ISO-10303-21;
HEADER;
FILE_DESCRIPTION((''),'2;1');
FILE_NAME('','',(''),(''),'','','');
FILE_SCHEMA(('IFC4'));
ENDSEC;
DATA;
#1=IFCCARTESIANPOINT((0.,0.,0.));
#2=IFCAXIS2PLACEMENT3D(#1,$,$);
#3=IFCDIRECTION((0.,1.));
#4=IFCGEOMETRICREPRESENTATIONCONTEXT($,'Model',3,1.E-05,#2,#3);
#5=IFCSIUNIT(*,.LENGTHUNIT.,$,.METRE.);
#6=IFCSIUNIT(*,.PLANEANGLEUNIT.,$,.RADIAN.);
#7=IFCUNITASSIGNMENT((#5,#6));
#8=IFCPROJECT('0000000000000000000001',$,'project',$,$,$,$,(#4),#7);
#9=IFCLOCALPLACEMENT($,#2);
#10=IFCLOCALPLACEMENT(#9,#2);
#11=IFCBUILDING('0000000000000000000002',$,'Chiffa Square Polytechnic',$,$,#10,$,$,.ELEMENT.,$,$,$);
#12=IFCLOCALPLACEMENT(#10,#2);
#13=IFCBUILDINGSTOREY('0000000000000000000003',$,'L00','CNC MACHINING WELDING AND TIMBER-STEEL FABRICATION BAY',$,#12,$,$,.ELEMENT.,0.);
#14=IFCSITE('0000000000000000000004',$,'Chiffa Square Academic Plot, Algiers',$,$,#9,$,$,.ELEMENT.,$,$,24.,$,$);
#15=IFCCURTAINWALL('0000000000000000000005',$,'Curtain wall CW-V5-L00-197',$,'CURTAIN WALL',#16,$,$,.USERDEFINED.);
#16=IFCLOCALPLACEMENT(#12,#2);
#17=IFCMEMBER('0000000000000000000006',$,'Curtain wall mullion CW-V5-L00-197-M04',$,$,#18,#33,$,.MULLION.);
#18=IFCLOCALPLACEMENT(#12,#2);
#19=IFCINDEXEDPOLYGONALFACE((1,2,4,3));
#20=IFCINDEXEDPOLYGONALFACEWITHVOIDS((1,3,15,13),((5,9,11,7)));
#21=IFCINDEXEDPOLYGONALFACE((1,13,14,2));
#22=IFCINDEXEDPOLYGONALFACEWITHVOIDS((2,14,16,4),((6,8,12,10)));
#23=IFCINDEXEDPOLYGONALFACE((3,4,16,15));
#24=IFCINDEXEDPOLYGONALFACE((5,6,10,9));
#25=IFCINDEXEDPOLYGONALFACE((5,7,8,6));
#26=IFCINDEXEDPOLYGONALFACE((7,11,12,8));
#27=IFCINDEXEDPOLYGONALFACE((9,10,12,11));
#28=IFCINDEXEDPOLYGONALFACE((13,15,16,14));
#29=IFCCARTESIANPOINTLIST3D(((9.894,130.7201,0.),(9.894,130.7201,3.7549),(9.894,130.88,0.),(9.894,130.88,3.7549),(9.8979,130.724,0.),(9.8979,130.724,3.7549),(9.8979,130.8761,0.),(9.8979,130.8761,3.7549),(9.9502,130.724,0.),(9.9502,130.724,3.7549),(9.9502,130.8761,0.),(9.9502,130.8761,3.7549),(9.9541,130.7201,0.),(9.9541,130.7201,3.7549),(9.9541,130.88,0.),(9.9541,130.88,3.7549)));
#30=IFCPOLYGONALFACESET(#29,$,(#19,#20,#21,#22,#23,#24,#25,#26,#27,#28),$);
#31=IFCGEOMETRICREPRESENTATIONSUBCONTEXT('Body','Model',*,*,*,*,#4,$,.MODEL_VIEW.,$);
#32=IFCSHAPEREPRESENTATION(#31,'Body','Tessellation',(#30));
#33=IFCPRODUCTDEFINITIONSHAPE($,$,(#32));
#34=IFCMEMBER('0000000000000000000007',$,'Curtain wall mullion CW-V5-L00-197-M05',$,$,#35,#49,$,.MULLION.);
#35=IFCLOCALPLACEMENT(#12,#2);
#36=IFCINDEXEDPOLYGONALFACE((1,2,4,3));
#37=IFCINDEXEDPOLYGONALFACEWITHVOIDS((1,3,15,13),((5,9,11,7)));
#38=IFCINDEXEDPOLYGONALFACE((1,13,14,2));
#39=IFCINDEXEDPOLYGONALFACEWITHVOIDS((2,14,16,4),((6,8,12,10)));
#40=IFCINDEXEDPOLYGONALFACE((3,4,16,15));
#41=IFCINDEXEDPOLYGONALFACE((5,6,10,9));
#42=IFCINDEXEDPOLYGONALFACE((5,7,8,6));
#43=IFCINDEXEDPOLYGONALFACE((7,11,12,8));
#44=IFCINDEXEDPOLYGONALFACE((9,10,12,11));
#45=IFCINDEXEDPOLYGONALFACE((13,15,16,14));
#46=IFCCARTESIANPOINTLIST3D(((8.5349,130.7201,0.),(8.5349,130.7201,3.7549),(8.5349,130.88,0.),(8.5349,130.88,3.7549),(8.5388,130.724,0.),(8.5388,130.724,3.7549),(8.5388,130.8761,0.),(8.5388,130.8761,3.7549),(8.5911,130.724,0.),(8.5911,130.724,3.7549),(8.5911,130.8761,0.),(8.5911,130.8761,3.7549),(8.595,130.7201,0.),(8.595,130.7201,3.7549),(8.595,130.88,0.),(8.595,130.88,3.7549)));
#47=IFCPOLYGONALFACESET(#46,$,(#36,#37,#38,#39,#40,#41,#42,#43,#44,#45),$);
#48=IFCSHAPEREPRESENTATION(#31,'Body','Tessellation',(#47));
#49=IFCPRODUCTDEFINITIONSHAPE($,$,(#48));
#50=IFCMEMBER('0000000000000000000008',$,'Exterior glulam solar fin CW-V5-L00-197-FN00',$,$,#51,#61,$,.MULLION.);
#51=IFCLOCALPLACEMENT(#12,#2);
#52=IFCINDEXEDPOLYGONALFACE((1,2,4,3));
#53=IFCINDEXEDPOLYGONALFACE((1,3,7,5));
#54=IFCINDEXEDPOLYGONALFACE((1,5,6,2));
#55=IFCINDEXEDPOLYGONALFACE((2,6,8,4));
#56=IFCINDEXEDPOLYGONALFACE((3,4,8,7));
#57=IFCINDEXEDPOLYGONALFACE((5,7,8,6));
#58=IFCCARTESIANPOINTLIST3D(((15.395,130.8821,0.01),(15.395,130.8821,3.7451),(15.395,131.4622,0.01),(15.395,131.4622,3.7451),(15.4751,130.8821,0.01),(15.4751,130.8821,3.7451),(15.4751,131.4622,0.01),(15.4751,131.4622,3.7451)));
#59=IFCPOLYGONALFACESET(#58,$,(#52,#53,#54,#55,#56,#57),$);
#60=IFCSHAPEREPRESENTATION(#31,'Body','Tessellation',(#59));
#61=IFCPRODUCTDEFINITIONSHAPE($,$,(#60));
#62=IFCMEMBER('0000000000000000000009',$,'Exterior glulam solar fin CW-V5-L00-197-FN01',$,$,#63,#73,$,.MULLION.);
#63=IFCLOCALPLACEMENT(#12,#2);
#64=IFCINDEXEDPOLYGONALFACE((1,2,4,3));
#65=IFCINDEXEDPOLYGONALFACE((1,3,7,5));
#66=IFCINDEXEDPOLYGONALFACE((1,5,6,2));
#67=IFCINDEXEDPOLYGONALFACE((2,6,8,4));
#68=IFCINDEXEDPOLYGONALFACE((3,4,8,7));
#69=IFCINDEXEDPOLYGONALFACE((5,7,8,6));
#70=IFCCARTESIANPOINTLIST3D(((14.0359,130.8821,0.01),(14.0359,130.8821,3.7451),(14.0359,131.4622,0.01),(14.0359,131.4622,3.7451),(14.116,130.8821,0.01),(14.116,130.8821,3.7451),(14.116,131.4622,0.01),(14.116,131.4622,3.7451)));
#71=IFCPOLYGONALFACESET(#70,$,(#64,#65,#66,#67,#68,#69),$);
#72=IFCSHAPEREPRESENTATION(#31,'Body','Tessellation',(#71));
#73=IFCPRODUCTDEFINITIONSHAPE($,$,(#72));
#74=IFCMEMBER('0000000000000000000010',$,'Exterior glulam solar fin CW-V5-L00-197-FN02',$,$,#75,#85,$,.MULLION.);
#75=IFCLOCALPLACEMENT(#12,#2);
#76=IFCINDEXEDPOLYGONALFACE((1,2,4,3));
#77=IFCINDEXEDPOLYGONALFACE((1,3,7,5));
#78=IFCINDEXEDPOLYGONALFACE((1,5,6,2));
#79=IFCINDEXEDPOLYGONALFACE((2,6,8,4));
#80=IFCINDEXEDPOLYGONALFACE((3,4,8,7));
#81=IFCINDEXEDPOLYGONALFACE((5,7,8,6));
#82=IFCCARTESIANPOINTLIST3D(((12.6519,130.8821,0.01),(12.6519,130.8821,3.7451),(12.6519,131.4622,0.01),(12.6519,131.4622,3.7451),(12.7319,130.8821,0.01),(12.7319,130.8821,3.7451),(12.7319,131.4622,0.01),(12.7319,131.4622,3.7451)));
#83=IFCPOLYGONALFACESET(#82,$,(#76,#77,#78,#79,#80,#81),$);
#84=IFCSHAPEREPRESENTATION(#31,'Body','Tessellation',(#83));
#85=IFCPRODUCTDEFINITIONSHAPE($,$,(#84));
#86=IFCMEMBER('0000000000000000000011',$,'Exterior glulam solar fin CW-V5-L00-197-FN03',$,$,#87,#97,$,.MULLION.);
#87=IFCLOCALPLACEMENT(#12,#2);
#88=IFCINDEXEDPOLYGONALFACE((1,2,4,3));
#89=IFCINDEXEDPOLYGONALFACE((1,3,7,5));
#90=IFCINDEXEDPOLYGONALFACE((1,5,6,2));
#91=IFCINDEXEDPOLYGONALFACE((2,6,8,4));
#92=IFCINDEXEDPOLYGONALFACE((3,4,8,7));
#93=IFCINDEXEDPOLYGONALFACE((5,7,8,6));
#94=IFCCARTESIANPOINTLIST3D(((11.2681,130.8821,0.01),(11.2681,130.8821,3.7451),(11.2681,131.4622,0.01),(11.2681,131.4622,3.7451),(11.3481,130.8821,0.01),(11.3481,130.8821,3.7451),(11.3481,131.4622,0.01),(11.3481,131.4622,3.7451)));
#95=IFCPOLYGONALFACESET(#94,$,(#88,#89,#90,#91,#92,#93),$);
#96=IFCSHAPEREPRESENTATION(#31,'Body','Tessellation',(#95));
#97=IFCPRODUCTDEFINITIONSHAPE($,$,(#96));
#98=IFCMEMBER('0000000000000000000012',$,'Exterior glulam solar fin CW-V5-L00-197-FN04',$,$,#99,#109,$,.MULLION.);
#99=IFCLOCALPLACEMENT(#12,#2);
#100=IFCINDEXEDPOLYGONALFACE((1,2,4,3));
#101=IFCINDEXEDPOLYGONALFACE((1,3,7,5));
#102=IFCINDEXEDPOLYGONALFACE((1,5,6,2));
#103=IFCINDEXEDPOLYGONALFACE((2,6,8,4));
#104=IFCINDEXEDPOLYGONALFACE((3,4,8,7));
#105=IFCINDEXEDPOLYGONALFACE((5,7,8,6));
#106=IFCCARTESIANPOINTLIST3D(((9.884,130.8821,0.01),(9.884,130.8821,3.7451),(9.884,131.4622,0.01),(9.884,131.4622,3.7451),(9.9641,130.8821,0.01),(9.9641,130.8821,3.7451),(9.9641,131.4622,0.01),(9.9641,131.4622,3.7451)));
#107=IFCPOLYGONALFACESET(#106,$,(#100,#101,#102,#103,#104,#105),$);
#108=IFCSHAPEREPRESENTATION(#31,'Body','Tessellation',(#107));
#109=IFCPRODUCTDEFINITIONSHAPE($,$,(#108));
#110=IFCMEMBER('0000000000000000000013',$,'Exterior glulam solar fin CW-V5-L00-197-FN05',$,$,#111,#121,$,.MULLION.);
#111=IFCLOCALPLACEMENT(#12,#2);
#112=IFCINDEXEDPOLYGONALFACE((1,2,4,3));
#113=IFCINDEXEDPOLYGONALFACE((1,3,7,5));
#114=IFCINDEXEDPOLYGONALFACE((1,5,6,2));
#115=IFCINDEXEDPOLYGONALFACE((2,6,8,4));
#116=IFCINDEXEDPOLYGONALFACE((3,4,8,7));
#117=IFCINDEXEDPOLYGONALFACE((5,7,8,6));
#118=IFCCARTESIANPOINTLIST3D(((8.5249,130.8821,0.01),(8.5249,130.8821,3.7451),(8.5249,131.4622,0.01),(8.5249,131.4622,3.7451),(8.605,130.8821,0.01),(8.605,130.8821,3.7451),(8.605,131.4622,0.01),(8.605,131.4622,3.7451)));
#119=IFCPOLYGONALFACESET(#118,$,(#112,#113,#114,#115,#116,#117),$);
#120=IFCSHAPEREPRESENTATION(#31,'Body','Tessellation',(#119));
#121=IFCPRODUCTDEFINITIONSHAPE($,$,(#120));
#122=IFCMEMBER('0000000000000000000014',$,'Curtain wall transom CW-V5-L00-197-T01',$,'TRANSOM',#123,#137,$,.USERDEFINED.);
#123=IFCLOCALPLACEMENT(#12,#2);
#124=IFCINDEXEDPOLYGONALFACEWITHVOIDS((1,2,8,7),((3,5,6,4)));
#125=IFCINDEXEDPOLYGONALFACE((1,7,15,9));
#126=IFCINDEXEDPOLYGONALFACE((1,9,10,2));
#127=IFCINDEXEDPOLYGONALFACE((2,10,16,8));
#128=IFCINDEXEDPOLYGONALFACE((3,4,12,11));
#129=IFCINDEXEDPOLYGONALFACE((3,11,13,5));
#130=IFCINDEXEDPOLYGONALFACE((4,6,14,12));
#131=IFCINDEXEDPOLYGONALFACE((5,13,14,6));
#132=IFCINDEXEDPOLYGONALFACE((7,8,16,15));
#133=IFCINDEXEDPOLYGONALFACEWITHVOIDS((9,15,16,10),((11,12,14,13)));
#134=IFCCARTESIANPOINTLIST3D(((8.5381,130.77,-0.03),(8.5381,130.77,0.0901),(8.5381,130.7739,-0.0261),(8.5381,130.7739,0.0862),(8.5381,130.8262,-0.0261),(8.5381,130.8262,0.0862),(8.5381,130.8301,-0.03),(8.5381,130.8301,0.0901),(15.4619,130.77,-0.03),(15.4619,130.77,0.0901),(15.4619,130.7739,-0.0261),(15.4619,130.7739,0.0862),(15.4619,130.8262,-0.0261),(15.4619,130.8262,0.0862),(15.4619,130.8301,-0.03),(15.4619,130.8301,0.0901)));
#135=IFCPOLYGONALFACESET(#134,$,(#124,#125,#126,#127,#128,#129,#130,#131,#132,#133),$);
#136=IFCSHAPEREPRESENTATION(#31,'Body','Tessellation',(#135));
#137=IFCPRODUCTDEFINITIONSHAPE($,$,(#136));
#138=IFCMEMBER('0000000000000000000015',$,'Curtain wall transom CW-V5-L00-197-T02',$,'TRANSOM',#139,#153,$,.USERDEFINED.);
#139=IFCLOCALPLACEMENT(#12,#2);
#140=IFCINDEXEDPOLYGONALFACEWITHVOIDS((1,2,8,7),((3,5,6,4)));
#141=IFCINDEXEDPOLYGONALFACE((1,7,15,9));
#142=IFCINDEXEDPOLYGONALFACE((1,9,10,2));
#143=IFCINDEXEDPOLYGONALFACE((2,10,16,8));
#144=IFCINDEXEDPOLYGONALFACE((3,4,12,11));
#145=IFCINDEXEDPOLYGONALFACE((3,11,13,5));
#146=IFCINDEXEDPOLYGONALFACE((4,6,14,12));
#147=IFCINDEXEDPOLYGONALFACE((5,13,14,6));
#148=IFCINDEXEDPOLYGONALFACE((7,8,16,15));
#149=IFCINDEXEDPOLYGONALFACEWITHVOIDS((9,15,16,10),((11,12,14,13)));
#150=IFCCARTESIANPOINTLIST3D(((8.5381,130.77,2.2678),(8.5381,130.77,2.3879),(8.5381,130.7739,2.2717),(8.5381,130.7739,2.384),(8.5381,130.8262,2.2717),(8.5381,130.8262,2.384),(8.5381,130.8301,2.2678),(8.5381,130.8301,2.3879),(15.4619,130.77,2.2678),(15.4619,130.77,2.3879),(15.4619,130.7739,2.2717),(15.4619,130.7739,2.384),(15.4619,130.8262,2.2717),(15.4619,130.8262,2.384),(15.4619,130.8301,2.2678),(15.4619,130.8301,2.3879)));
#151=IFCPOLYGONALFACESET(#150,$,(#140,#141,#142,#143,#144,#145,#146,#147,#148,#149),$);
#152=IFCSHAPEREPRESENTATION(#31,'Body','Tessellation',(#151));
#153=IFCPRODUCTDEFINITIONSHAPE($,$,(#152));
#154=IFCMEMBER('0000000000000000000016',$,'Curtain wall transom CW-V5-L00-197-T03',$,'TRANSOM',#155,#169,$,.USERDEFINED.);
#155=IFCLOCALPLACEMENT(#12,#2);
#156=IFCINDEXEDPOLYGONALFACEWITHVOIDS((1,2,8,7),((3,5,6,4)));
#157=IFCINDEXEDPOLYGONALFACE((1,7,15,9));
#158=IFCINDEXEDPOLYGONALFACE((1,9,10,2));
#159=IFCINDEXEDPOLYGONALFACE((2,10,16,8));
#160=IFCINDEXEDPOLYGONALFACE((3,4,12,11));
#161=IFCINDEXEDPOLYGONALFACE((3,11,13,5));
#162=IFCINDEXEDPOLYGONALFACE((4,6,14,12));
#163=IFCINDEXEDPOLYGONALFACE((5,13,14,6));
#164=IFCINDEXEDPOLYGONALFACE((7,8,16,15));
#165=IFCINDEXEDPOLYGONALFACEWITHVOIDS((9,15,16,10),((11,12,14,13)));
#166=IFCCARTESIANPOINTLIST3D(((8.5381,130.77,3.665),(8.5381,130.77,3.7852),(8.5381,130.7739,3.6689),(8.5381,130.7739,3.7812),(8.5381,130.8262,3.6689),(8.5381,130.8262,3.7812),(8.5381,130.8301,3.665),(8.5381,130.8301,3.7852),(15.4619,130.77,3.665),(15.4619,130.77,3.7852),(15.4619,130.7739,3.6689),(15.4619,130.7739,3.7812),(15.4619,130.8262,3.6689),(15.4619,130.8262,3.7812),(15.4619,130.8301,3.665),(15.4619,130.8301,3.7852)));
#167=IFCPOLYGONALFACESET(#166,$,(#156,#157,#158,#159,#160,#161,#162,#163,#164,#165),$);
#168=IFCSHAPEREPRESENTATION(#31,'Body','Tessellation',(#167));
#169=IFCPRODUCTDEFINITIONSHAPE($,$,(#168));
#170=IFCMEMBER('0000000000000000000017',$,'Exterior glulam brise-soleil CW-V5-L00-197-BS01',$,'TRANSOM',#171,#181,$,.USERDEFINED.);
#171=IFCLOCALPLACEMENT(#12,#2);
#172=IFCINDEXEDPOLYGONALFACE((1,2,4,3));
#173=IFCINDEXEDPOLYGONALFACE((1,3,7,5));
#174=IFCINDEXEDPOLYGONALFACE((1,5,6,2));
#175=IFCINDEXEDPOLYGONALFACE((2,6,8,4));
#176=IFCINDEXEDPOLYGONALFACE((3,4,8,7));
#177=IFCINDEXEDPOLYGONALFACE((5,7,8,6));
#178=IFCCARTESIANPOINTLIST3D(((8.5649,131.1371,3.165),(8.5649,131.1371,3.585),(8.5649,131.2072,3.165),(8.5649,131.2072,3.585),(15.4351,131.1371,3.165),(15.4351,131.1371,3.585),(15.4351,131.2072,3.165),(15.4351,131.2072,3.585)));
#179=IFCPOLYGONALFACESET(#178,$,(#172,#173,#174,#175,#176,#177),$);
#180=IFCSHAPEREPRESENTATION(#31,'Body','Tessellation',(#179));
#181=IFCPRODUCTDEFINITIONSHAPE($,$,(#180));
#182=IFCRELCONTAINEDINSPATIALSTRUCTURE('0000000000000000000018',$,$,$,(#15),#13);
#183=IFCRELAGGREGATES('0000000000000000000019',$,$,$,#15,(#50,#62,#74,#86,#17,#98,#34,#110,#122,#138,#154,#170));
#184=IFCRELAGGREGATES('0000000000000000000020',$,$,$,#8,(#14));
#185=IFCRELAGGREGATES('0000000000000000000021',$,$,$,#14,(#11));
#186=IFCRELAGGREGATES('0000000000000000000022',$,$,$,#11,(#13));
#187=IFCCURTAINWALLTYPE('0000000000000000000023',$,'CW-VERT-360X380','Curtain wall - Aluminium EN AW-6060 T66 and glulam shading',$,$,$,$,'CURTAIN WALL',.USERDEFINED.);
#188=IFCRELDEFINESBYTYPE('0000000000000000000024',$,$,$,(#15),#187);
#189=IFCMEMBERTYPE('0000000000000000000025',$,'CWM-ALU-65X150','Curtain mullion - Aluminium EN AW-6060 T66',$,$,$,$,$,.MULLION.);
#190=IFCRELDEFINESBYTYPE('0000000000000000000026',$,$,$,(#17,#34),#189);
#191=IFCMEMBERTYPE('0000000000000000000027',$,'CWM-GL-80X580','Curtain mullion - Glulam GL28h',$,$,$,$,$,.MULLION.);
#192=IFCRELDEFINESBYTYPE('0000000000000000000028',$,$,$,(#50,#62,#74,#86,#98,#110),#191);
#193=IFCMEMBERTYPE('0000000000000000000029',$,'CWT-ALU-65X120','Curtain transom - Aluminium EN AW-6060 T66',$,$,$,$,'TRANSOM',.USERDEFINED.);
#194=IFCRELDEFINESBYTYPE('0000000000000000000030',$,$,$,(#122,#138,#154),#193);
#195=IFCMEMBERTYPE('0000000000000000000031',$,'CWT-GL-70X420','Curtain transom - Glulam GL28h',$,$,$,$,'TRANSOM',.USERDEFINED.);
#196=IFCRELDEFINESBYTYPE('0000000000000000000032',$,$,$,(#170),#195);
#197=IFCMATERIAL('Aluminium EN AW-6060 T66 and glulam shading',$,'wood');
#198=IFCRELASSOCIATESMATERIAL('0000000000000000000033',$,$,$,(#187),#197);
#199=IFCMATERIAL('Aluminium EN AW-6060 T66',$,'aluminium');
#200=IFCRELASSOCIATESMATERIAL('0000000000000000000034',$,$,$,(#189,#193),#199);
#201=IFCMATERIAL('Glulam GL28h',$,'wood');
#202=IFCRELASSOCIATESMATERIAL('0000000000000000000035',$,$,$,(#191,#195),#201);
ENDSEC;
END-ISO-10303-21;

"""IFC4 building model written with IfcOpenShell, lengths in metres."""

from ifc_helpers import new_model, si_unit, direction, frame, origin, origin_2d, place, context, subcontext, project, spatial, rectangle, hollow_rectangle, extrude, material, material_profile, profile_set, type_object, element, aggregate, save


model = new_model("IFC4")

# Units and contexts
model_context = context("Model", 3, precision=1e-05, world=origin(), true_north=direction((0.0, 1.0)))
body_context = subcontext(model_context, "Body", "Model", "MODEL_VIEW")
ifc_project = project(units=[si_unit("LENGTHUNIT", "METRE"), si_unit("PLANEANGLEUNIT", "RADIAN")], contexts=[model_context])

# Site, building, storey
site_placement = place(None, origin())
site = spatial("IfcSite", under=ifc_project, at=site_placement, Name="Chiffa Square Academic Plot, Algiers", CompositionType="ELEMENT", RefElevation=24.0)
building_placement = place(site_placement, origin())
building = spatial("IfcBuilding", under=site, at=building_placement, Name="Chiffa Square Polytechnic", CompositionType="ELEMENT")
storey_placement = place(building_placement, origin())
storey = spatial("IfcBuildingStorey", under=building, at=storey_placement, Name="L00", Description="CNC MACHINING WELDING AND TIMBER-STEEL FABRICATION BAY", CompositionType="ELEMENT", Elevation=0.0)

# Curtain wall, members
ifc_material_1 = material(Name="Aluminium EN AW-6060 T66 and glulam shading", Category="wood")
curtain_wall_type = type_object("IfcCurtainWallType", Name="CW-VERT-360X380", Description="Curtain wall - Aluminium EN AW-6060 T66 and glulam shading", ElementType="CURTAIN WALL", PredefinedType="USERDEFINED", material=ifc_material_1)
curtain_wall_placement = place(storey_placement, origin())
curtain_wall = element("IfcCurtainWall", 1, at=curtain_wall_placement, inside=storey, type_object=curtain_wall_type, Name="Curtain wall CW-V5-L00-197", ObjectType="CURTAIN WALL", PredefinedType="USERDEFINED")
ifc_material_2 = material(Name="Aluminium EN AW-6060 T66", Category="aluminium")
ifc_material_profile_1 = material_profile(ifc_material_2, hollow_rectangle(XDim=0.0601, YDim=0.1599, WallThickness=0.0039, at=origin_2d()), Name="ALU 60x160x4")
ifc_profile_set_1 = profile_set([ifc_material_profile_1], Name="Aluminium EN AW-6060 T66")
member_type_1 = type_object("IfcMemberType", Name="CWM-ALU-65X150", Description="Curtain mullion - Aluminium EN AW-6060 T66", PredefinedType="MULLION", material=ifc_profile_set_1)
member_1_placement = place(storey_placement, frame((9.9241, 130.8, 0.0), z_axis=(0.0, 0.0, 1.0), x_axis=(1.0, 0.0, 0.0)))
member_1 = element("IfcMember", 2, at=member_1_placement, type_object=member_type_1, Name="Curtain wall mullion CW-V5-L00-197-M04", PredefinedType="MULLION", context=body_context, shape_type="SweptSolid", body=[
    extrude(hollow_rectangle(XDim=0.0601, YDim=0.1599, WallThickness=0.0039, at=origin_2d()), origin(), (0.0, 0.0, 1.0), 3.7549),
])
member_2_placement = place(storey_placement, frame((8.5649, 130.8, 0.0), z_axis=(0.0, 0.0, 1.0), x_axis=(1.0, 0.0, 0.0)))
member_2 = element("IfcMember", 3, at=member_2_placement, type_object=member_type_1, Name="Curtain wall mullion CW-V5-L00-197-M05", PredefinedType="MULLION", context=body_context, shape_type="SweptSolid", body=[
    extrude(hollow_rectangle(XDim=0.0601, YDim=0.1599, WallThickness=0.0039, at=origin_2d()), origin(), (0.0, 0.0, 1.0), 3.7549),
])
ifc_material_3 = material(Name="Glulam GL28h", Category="wood")
ifc_material_profile_2 = material_profile(ifc_material_3, rectangle(XDim=0.0801, YDim=0.5801, at=origin_2d()), Name="GL28h 80x580")
ifc_profile_set_2 = profile_set([ifc_material_profile_2], Name="Glulam GL28h")
member_type_2 = type_object("IfcMemberType", Name="CWM-GL-80X580", Description="Curtain mullion - Glulam GL28h", PredefinedType="MULLION", material=ifc_profile_set_2)
member_3_placement = place(storey_placement, frame((15.4351, 131.1721, 0.01), z_axis=(0.0, 0.0, 1.0), x_axis=(-1.0, 0.0, 0.0)))
member_3 = element("IfcMember", 4, at=member_3_placement, type_object=member_type_2, Name="Exterior glulam solar fin CW-V5-L00-197-FN00", PredefinedType="MULLION", context=body_context, shape_type="SweptSolid", body=[
    extrude(rectangle(XDim=0.0801, YDim=0.5801, at=origin_2d()), origin(), (0.0, 0.0, 1.0), 3.7351),
])
member_4_placement = place(storey_placement, frame((14.0759, 131.1721, 0.01), z_axis=(0.0, 0.0, 1.0), x_axis=(-1.0, 0.0, 0.0)))
member_4 = element("IfcMember", 5, at=member_4_placement, type_object=member_type_2, Name="Exterior glulam solar fin CW-V5-L00-197-FN01", PredefinedType="MULLION", context=body_context, shape_type="SweptSolid", body=[
    extrude(rectangle(XDim=0.0801, YDim=0.5801, at=origin_2d()), origin(), (0.0, 0.0, 1.0), 3.7351),
])
member_5_placement = place(storey_placement, frame((12.6919, 131.1721, 0.01), z_axis=(0.0, 0.0, 1.0), x_axis=(-1.0, 0.0, 0.0)))
member_5 = element("IfcMember", 6, at=member_5_placement, type_object=member_type_2, Name="Exterior glulam solar fin CW-V5-L00-197-FN02", PredefinedType="MULLION", context=body_context, shape_type="SweptSolid", body=[
    extrude(rectangle(XDim=0.0801, YDim=0.5801, at=origin_2d()), origin(), (0.0, 0.0, 1.0), 3.7351),
])
member_6_placement = place(storey_placement, frame((11.3081, 131.1721, 0.01), z_axis=(0.0, 0.0, 1.0), x_axis=(-1.0, 0.0, 0.0)))
member_6 = element("IfcMember", 7, at=member_6_placement, type_object=member_type_2, Name="Exterior glulam solar fin CW-V5-L00-197-FN03", PredefinedType="MULLION", context=body_context, shape_type="SweptSolid", body=[
    extrude(rectangle(XDim=0.0801, YDim=0.5801, at=origin_2d()), origin(), (0.0, 0.0, 1.0), 3.7351),
])
member_7_placement = place(storey_placement, frame((9.9241, 131.1721, 0.01), z_axis=(0.0, 0.0, 1.0), x_axis=(-1.0, 0.0, 0.0)))
member_7 = element("IfcMember", 8, at=member_7_placement, type_object=member_type_2, Name="Exterior glulam solar fin CW-V5-L00-197-FN04", PredefinedType="MULLION", context=body_context, shape_type="SweptSolid", body=[
    extrude(rectangle(XDim=0.0801, YDim=0.5801, at=origin_2d()), origin(), (0.0, 0.0, 1.0), 3.7351),
])
member_8_placement = place(storey_placement, frame((8.5649, 131.1721, 0.01), z_axis=(0.0, 0.0, 1.0), x_axis=(-1.0, 0.0, 0.0)))
member_8 = element("IfcMember", 9, at=member_8_placement, type_object=member_type_2, Name="Exterior glulam solar fin CW-V5-L00-197-FN05", PredefinedType="MULLION", context=body_context, shape_type="SweptSolid", body=[
    extrude(rectangle(XDim=0.0801, YDim=0.5801, at=origin_2d()), origin(), (0.0, 0.0, 1.0), 3.7351),
])
ifc_material_profile_3 = material_profile(ifc_material_2, hollow_rectangle(XDim=0.0601, YDim=0.1201, WallThickness=0.0039, at=origin_2d()), Name="ALU 60x120x4")
ifc_profile_set_3 = profile_set([ifc_material_profile_3], Name="Aluminium EN AW-6060 T66")
member_type_3 = type_object("IfcMemberType", Name="CWT-ALU-65X120", Description="Curtain transom - Aluminium EN AW-6060 T66", ElementType="TRANSOM", PredefinedType="USERDEFINED", material=ifc_profile_set_3)
member_9_placement = place(storey_placement, frame((15.4619, 130.8, 0.03), z_axis=(-1.0, 0.0, 0.0), x_axis=(0.0, -1.0, 0.0)))
member_9 = element("IfcMember", 10, at=member_9_placement, type_object=member_type_3, Name="Curtain wall transom CW-V5-L00-197-T01", ObjectType="TRANSOM", PredefinedType="USERDEFINED", context=body_context, shape_type="SweptSolid", body=[
    extrude(hollow_rectangle(XDim=0.0601, YDim=0.1201, WallThickness=0.0039, at=origin_2d()), origin(), (0.0, 0.0, 1.0), 6.9238),
])
member_10_placement = place(storey_placement, frame((15.4619, 130.8, 2.3279), z_axis=(-1.0, 0.0, 0.0), x_axis=(0.0, -1.0, 0.0)))
member_10 = element("IfcMember", 11, at=member_10_placement, type_object=member_type_3, Name="Curtain wall transom CW-V5-L00-197-T02", ObjectType="TRANSOM", PredefinedType="USERDEFINED", context=body_context, shape_type="SweptSolid", body=[
    extrude(hollow_rectangle(XDim=0.0601, YDim=0.1201, WallThickness=0.0039, at=origin_2d()), origin(), (0.0, 0.0, 1.0), 6.9238),
])
member_11_placement = place(storey_placement, frame((15.4619, 130.8, 3.7251), z_axis=(-1.0, 0.0, 0.0), x_axis=(0.0, -1.0, 0.0)))
member_11 = element("IfcMember", 12, at=member_11_placement, type_object=member_type_3, Name="Curtain wall transom CW-V5-L00-197-T03", ObjectType="TRANSOM", PredefinedType="USERDEFINED", context=body_context, shape_type="SweptSolid", body=[
    extrude(hollow_rectangle(XDim=0.0601, YDim=0.1201, WallThickness=0.0039, at=origin_2d()), origin(), (0.0, 0.0, 1.0), 6.9238),
])
ifc_material_profile_4 = material_profile(ifc_material_3, rectangle(XDim=0.0701, YDim=0.4199, at=origin_2d()), Name="GL28h 70x420")
ifc_profile_set_4 = profile_set([ifc_material_profile_4], Name="Glulam GL28h")
member_type_4 = type_object("IfcMemberType", Name="CWT-GL-70X420", Description="Curtain transom - Glulam GL28h", ElementType="TRANSOM", PredefinedType="USERDEFINED", material=ifc_profile_set_4)
member_12_placement = place(storey_placement, frame((15.4351, 131.1721, 3.375), z_axis=(-1.0, 0.0, 0.0), x_axis=(0.0, -1.0, 0.0)))
member_12 = element("IfcMember", 13, at=member_12_placement, type_object=member_type_4, Name="Exterior glulam brise-soleil CW-V5-L00-197-BS01", ObjectType="TRANSOM", PredefinedType="USERDEFINED", context=body_context, shape_type="SweptSolid", body=[
    extrude(rectangle(XDim=0.0701, YDim=0.4199, at=origin_2d()), origin(), (0.0, 0.0, 1.0), 6.8701),
])

aggregate(curtain_wall, [member_3, member_4, member_5, member_6, member_1, member_7, member_2, member_8, member_9, member_10, member_11, member_12])

save(model, "model.ifc")
